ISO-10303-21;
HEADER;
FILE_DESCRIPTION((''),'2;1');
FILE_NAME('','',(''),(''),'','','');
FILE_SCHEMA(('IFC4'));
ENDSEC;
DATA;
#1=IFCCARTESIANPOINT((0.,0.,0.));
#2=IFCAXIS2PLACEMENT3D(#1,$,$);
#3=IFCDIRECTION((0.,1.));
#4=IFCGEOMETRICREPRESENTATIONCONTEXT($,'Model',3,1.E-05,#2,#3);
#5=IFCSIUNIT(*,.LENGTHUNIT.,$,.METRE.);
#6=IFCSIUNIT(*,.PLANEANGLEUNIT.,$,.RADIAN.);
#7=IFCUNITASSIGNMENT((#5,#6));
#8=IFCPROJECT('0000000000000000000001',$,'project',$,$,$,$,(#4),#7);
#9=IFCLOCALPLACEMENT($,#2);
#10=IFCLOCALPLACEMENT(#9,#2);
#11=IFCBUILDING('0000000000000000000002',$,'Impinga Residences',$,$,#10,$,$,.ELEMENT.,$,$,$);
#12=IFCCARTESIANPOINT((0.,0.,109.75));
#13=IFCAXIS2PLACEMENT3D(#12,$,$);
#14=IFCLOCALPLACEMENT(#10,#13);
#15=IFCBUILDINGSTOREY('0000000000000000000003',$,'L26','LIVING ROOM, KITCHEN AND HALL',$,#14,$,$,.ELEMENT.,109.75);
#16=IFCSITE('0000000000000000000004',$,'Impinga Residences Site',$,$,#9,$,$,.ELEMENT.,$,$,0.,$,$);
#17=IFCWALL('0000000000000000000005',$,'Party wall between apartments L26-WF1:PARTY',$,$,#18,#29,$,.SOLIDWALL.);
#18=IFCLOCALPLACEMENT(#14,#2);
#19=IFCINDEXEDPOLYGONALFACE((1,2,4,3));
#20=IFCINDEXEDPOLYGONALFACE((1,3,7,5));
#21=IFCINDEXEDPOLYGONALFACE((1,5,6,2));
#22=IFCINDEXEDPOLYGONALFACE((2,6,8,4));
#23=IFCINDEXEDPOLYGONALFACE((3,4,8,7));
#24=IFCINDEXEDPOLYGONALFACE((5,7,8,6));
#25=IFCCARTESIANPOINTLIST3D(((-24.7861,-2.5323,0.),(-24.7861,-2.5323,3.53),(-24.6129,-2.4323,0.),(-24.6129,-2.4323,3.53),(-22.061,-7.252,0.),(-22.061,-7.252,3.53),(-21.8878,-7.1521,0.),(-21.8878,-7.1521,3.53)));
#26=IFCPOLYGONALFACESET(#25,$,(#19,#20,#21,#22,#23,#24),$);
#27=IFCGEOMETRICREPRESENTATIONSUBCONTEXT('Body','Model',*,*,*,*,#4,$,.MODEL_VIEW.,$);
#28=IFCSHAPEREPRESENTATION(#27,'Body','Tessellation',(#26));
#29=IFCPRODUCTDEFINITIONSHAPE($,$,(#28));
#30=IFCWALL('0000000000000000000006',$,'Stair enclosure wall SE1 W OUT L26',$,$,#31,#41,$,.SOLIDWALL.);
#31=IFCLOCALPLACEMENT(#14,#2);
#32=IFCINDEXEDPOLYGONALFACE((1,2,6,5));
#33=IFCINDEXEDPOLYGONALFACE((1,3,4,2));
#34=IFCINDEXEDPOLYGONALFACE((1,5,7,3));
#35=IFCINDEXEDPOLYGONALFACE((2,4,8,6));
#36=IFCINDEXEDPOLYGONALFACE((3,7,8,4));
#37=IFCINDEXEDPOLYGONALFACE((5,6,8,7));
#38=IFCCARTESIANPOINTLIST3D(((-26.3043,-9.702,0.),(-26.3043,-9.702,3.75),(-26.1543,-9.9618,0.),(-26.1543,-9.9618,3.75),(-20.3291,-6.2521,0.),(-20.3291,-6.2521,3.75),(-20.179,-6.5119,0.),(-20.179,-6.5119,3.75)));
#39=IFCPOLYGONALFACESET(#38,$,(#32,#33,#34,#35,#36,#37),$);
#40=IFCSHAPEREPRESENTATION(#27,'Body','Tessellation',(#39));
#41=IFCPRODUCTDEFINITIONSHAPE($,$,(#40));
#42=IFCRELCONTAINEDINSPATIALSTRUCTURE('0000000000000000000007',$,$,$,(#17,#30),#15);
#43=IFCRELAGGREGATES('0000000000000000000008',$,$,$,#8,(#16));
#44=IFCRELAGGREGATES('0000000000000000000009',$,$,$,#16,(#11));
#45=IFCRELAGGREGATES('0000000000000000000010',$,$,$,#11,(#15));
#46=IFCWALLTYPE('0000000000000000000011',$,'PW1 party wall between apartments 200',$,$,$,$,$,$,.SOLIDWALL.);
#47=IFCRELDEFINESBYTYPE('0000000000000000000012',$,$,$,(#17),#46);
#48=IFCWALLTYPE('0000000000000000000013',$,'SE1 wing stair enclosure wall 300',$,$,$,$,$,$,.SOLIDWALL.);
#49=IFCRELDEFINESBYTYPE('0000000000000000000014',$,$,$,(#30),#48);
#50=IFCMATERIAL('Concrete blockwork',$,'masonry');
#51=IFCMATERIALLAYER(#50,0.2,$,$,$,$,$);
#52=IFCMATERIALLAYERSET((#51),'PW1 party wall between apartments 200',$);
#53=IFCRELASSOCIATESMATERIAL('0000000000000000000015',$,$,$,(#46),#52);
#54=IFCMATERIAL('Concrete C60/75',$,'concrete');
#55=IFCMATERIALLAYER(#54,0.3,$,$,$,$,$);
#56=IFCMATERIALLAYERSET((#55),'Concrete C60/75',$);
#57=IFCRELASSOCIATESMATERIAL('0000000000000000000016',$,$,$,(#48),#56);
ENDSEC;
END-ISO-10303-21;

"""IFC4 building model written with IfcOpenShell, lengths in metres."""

from ifc_helpers import new_model, si_unit, direction, frame, frame_2d, origin, place, context, subcontext, project, spatial, rectangle, extrude, material, layer, layer_set, type_object, element, save


model = new_model("IFC4")

# Units and contexts
model_context = context("Model", 3, precision=1e-05, world=origin(), true_north=direction((0.0, 1.0)))
body_context = subcontext(model_context, "Body", "Model", "MODEL_VIEW")
ifc_project = project(units=[si_unit("LENGTHUNIT", "METRE"), si_unit("PLANEANGLEUNIT", "RADIAN")], contexts=[model_context])

# Site, building, storey
site_placement = place(None, origin())
site = spatial("IfcSite", under=ifc_project, at=site_placement, Name="Impinga Residences Site", CompositionType="ELEMENT", RefElevation=0.0)
building_placement = place(site_placement, origin())
building = spatial("IfcBuilding", under=site, at=building_placement, Name="Impinga Residences", CompositionType="ELEMENT")
storey_placement = place(building_placement, frame((0.0, 0.0, 109.75)))
storey = spatial("IfcBuildingStorey", under=building, at=storey_placement, Name="L26", Description="LIVING ROOM, KITCHEN AND HALL", CompositionType="ELEMENT", Elevation=109.75)

# Shared definitions
ifc_material_1 = material(Name="Concrete C60/75", Category="concrete")

# Walls
ifc_material_2 = material(Name="Concrete blockwork", Category="masonry")
ifc_layer_1 = layer(ifc_material_2, 0.2)
ifc_layer_set_1 = layer_set([ifc_layer_1], Name="PW1 party wall between apartments 200")
wall_type_1 = type_object("IfcWallType", Name="PW1 party wall between apartments 200", PredefinedType="SOLIDWALL", material=ifc_layer_set_1)
wall_1_placement = place(storey_placement, frame((-21.9744, -7.2021, 0.0), z_axis=(0.0, 0.0, 1.0), x_axis=(-0.500022, 0.866013, 0.0)))
element("IfcWall", 1, at=wall_1_placement, inside=storey, type_object=wall_type_1, Name="Party wall between apartments L26-WF1:PARTY", PredefinedType="SOLIDWALL", context=body_context, shape_type="SweptSolid", body=[
    extrude(rectangle(XDim=5.45, YDim=0.2, at=frame_2d((2.7251, 0.0))), origin(), (0.0, 0.0, 1.0), 3.53),
])
ifc_layer_2 = layer(ifc_material_1, 0.3)
ifc_layer_set_2 = layer_set([ifc_layer_2], Name="Concrete C60/75")
wall_type_2 = type_object("IfcWallType", Name="SE1 wing stair enclosure wall 300", PredefinedType="SOLIDWALL", material=ifc_layer_set_2)
wall_2_placement = place(storey_placement, frame((-20.2542, -6.3821, 0.0), z_axis=(0.0, 0.0, 1.0), x_axis=(-0.86602, -0.500009, 0.0)))
element("IfcWall", 2, at=wall_2_placement, inside=storey, type_object=wall_type_2, Name="Stair enclosure wall SE1 W OUT L26", PredefinedType="SOLIDWALL", context=body_context, shape_type="SweptSolid", body=[
    extrude(rectangle(XDim=6.8997, YDim=0.3, at=frame_2d((3.4497, 0.0))), origin(), (0.0, 0.0, 1.0), 3.75),
])

save(model, "model.ifc")
